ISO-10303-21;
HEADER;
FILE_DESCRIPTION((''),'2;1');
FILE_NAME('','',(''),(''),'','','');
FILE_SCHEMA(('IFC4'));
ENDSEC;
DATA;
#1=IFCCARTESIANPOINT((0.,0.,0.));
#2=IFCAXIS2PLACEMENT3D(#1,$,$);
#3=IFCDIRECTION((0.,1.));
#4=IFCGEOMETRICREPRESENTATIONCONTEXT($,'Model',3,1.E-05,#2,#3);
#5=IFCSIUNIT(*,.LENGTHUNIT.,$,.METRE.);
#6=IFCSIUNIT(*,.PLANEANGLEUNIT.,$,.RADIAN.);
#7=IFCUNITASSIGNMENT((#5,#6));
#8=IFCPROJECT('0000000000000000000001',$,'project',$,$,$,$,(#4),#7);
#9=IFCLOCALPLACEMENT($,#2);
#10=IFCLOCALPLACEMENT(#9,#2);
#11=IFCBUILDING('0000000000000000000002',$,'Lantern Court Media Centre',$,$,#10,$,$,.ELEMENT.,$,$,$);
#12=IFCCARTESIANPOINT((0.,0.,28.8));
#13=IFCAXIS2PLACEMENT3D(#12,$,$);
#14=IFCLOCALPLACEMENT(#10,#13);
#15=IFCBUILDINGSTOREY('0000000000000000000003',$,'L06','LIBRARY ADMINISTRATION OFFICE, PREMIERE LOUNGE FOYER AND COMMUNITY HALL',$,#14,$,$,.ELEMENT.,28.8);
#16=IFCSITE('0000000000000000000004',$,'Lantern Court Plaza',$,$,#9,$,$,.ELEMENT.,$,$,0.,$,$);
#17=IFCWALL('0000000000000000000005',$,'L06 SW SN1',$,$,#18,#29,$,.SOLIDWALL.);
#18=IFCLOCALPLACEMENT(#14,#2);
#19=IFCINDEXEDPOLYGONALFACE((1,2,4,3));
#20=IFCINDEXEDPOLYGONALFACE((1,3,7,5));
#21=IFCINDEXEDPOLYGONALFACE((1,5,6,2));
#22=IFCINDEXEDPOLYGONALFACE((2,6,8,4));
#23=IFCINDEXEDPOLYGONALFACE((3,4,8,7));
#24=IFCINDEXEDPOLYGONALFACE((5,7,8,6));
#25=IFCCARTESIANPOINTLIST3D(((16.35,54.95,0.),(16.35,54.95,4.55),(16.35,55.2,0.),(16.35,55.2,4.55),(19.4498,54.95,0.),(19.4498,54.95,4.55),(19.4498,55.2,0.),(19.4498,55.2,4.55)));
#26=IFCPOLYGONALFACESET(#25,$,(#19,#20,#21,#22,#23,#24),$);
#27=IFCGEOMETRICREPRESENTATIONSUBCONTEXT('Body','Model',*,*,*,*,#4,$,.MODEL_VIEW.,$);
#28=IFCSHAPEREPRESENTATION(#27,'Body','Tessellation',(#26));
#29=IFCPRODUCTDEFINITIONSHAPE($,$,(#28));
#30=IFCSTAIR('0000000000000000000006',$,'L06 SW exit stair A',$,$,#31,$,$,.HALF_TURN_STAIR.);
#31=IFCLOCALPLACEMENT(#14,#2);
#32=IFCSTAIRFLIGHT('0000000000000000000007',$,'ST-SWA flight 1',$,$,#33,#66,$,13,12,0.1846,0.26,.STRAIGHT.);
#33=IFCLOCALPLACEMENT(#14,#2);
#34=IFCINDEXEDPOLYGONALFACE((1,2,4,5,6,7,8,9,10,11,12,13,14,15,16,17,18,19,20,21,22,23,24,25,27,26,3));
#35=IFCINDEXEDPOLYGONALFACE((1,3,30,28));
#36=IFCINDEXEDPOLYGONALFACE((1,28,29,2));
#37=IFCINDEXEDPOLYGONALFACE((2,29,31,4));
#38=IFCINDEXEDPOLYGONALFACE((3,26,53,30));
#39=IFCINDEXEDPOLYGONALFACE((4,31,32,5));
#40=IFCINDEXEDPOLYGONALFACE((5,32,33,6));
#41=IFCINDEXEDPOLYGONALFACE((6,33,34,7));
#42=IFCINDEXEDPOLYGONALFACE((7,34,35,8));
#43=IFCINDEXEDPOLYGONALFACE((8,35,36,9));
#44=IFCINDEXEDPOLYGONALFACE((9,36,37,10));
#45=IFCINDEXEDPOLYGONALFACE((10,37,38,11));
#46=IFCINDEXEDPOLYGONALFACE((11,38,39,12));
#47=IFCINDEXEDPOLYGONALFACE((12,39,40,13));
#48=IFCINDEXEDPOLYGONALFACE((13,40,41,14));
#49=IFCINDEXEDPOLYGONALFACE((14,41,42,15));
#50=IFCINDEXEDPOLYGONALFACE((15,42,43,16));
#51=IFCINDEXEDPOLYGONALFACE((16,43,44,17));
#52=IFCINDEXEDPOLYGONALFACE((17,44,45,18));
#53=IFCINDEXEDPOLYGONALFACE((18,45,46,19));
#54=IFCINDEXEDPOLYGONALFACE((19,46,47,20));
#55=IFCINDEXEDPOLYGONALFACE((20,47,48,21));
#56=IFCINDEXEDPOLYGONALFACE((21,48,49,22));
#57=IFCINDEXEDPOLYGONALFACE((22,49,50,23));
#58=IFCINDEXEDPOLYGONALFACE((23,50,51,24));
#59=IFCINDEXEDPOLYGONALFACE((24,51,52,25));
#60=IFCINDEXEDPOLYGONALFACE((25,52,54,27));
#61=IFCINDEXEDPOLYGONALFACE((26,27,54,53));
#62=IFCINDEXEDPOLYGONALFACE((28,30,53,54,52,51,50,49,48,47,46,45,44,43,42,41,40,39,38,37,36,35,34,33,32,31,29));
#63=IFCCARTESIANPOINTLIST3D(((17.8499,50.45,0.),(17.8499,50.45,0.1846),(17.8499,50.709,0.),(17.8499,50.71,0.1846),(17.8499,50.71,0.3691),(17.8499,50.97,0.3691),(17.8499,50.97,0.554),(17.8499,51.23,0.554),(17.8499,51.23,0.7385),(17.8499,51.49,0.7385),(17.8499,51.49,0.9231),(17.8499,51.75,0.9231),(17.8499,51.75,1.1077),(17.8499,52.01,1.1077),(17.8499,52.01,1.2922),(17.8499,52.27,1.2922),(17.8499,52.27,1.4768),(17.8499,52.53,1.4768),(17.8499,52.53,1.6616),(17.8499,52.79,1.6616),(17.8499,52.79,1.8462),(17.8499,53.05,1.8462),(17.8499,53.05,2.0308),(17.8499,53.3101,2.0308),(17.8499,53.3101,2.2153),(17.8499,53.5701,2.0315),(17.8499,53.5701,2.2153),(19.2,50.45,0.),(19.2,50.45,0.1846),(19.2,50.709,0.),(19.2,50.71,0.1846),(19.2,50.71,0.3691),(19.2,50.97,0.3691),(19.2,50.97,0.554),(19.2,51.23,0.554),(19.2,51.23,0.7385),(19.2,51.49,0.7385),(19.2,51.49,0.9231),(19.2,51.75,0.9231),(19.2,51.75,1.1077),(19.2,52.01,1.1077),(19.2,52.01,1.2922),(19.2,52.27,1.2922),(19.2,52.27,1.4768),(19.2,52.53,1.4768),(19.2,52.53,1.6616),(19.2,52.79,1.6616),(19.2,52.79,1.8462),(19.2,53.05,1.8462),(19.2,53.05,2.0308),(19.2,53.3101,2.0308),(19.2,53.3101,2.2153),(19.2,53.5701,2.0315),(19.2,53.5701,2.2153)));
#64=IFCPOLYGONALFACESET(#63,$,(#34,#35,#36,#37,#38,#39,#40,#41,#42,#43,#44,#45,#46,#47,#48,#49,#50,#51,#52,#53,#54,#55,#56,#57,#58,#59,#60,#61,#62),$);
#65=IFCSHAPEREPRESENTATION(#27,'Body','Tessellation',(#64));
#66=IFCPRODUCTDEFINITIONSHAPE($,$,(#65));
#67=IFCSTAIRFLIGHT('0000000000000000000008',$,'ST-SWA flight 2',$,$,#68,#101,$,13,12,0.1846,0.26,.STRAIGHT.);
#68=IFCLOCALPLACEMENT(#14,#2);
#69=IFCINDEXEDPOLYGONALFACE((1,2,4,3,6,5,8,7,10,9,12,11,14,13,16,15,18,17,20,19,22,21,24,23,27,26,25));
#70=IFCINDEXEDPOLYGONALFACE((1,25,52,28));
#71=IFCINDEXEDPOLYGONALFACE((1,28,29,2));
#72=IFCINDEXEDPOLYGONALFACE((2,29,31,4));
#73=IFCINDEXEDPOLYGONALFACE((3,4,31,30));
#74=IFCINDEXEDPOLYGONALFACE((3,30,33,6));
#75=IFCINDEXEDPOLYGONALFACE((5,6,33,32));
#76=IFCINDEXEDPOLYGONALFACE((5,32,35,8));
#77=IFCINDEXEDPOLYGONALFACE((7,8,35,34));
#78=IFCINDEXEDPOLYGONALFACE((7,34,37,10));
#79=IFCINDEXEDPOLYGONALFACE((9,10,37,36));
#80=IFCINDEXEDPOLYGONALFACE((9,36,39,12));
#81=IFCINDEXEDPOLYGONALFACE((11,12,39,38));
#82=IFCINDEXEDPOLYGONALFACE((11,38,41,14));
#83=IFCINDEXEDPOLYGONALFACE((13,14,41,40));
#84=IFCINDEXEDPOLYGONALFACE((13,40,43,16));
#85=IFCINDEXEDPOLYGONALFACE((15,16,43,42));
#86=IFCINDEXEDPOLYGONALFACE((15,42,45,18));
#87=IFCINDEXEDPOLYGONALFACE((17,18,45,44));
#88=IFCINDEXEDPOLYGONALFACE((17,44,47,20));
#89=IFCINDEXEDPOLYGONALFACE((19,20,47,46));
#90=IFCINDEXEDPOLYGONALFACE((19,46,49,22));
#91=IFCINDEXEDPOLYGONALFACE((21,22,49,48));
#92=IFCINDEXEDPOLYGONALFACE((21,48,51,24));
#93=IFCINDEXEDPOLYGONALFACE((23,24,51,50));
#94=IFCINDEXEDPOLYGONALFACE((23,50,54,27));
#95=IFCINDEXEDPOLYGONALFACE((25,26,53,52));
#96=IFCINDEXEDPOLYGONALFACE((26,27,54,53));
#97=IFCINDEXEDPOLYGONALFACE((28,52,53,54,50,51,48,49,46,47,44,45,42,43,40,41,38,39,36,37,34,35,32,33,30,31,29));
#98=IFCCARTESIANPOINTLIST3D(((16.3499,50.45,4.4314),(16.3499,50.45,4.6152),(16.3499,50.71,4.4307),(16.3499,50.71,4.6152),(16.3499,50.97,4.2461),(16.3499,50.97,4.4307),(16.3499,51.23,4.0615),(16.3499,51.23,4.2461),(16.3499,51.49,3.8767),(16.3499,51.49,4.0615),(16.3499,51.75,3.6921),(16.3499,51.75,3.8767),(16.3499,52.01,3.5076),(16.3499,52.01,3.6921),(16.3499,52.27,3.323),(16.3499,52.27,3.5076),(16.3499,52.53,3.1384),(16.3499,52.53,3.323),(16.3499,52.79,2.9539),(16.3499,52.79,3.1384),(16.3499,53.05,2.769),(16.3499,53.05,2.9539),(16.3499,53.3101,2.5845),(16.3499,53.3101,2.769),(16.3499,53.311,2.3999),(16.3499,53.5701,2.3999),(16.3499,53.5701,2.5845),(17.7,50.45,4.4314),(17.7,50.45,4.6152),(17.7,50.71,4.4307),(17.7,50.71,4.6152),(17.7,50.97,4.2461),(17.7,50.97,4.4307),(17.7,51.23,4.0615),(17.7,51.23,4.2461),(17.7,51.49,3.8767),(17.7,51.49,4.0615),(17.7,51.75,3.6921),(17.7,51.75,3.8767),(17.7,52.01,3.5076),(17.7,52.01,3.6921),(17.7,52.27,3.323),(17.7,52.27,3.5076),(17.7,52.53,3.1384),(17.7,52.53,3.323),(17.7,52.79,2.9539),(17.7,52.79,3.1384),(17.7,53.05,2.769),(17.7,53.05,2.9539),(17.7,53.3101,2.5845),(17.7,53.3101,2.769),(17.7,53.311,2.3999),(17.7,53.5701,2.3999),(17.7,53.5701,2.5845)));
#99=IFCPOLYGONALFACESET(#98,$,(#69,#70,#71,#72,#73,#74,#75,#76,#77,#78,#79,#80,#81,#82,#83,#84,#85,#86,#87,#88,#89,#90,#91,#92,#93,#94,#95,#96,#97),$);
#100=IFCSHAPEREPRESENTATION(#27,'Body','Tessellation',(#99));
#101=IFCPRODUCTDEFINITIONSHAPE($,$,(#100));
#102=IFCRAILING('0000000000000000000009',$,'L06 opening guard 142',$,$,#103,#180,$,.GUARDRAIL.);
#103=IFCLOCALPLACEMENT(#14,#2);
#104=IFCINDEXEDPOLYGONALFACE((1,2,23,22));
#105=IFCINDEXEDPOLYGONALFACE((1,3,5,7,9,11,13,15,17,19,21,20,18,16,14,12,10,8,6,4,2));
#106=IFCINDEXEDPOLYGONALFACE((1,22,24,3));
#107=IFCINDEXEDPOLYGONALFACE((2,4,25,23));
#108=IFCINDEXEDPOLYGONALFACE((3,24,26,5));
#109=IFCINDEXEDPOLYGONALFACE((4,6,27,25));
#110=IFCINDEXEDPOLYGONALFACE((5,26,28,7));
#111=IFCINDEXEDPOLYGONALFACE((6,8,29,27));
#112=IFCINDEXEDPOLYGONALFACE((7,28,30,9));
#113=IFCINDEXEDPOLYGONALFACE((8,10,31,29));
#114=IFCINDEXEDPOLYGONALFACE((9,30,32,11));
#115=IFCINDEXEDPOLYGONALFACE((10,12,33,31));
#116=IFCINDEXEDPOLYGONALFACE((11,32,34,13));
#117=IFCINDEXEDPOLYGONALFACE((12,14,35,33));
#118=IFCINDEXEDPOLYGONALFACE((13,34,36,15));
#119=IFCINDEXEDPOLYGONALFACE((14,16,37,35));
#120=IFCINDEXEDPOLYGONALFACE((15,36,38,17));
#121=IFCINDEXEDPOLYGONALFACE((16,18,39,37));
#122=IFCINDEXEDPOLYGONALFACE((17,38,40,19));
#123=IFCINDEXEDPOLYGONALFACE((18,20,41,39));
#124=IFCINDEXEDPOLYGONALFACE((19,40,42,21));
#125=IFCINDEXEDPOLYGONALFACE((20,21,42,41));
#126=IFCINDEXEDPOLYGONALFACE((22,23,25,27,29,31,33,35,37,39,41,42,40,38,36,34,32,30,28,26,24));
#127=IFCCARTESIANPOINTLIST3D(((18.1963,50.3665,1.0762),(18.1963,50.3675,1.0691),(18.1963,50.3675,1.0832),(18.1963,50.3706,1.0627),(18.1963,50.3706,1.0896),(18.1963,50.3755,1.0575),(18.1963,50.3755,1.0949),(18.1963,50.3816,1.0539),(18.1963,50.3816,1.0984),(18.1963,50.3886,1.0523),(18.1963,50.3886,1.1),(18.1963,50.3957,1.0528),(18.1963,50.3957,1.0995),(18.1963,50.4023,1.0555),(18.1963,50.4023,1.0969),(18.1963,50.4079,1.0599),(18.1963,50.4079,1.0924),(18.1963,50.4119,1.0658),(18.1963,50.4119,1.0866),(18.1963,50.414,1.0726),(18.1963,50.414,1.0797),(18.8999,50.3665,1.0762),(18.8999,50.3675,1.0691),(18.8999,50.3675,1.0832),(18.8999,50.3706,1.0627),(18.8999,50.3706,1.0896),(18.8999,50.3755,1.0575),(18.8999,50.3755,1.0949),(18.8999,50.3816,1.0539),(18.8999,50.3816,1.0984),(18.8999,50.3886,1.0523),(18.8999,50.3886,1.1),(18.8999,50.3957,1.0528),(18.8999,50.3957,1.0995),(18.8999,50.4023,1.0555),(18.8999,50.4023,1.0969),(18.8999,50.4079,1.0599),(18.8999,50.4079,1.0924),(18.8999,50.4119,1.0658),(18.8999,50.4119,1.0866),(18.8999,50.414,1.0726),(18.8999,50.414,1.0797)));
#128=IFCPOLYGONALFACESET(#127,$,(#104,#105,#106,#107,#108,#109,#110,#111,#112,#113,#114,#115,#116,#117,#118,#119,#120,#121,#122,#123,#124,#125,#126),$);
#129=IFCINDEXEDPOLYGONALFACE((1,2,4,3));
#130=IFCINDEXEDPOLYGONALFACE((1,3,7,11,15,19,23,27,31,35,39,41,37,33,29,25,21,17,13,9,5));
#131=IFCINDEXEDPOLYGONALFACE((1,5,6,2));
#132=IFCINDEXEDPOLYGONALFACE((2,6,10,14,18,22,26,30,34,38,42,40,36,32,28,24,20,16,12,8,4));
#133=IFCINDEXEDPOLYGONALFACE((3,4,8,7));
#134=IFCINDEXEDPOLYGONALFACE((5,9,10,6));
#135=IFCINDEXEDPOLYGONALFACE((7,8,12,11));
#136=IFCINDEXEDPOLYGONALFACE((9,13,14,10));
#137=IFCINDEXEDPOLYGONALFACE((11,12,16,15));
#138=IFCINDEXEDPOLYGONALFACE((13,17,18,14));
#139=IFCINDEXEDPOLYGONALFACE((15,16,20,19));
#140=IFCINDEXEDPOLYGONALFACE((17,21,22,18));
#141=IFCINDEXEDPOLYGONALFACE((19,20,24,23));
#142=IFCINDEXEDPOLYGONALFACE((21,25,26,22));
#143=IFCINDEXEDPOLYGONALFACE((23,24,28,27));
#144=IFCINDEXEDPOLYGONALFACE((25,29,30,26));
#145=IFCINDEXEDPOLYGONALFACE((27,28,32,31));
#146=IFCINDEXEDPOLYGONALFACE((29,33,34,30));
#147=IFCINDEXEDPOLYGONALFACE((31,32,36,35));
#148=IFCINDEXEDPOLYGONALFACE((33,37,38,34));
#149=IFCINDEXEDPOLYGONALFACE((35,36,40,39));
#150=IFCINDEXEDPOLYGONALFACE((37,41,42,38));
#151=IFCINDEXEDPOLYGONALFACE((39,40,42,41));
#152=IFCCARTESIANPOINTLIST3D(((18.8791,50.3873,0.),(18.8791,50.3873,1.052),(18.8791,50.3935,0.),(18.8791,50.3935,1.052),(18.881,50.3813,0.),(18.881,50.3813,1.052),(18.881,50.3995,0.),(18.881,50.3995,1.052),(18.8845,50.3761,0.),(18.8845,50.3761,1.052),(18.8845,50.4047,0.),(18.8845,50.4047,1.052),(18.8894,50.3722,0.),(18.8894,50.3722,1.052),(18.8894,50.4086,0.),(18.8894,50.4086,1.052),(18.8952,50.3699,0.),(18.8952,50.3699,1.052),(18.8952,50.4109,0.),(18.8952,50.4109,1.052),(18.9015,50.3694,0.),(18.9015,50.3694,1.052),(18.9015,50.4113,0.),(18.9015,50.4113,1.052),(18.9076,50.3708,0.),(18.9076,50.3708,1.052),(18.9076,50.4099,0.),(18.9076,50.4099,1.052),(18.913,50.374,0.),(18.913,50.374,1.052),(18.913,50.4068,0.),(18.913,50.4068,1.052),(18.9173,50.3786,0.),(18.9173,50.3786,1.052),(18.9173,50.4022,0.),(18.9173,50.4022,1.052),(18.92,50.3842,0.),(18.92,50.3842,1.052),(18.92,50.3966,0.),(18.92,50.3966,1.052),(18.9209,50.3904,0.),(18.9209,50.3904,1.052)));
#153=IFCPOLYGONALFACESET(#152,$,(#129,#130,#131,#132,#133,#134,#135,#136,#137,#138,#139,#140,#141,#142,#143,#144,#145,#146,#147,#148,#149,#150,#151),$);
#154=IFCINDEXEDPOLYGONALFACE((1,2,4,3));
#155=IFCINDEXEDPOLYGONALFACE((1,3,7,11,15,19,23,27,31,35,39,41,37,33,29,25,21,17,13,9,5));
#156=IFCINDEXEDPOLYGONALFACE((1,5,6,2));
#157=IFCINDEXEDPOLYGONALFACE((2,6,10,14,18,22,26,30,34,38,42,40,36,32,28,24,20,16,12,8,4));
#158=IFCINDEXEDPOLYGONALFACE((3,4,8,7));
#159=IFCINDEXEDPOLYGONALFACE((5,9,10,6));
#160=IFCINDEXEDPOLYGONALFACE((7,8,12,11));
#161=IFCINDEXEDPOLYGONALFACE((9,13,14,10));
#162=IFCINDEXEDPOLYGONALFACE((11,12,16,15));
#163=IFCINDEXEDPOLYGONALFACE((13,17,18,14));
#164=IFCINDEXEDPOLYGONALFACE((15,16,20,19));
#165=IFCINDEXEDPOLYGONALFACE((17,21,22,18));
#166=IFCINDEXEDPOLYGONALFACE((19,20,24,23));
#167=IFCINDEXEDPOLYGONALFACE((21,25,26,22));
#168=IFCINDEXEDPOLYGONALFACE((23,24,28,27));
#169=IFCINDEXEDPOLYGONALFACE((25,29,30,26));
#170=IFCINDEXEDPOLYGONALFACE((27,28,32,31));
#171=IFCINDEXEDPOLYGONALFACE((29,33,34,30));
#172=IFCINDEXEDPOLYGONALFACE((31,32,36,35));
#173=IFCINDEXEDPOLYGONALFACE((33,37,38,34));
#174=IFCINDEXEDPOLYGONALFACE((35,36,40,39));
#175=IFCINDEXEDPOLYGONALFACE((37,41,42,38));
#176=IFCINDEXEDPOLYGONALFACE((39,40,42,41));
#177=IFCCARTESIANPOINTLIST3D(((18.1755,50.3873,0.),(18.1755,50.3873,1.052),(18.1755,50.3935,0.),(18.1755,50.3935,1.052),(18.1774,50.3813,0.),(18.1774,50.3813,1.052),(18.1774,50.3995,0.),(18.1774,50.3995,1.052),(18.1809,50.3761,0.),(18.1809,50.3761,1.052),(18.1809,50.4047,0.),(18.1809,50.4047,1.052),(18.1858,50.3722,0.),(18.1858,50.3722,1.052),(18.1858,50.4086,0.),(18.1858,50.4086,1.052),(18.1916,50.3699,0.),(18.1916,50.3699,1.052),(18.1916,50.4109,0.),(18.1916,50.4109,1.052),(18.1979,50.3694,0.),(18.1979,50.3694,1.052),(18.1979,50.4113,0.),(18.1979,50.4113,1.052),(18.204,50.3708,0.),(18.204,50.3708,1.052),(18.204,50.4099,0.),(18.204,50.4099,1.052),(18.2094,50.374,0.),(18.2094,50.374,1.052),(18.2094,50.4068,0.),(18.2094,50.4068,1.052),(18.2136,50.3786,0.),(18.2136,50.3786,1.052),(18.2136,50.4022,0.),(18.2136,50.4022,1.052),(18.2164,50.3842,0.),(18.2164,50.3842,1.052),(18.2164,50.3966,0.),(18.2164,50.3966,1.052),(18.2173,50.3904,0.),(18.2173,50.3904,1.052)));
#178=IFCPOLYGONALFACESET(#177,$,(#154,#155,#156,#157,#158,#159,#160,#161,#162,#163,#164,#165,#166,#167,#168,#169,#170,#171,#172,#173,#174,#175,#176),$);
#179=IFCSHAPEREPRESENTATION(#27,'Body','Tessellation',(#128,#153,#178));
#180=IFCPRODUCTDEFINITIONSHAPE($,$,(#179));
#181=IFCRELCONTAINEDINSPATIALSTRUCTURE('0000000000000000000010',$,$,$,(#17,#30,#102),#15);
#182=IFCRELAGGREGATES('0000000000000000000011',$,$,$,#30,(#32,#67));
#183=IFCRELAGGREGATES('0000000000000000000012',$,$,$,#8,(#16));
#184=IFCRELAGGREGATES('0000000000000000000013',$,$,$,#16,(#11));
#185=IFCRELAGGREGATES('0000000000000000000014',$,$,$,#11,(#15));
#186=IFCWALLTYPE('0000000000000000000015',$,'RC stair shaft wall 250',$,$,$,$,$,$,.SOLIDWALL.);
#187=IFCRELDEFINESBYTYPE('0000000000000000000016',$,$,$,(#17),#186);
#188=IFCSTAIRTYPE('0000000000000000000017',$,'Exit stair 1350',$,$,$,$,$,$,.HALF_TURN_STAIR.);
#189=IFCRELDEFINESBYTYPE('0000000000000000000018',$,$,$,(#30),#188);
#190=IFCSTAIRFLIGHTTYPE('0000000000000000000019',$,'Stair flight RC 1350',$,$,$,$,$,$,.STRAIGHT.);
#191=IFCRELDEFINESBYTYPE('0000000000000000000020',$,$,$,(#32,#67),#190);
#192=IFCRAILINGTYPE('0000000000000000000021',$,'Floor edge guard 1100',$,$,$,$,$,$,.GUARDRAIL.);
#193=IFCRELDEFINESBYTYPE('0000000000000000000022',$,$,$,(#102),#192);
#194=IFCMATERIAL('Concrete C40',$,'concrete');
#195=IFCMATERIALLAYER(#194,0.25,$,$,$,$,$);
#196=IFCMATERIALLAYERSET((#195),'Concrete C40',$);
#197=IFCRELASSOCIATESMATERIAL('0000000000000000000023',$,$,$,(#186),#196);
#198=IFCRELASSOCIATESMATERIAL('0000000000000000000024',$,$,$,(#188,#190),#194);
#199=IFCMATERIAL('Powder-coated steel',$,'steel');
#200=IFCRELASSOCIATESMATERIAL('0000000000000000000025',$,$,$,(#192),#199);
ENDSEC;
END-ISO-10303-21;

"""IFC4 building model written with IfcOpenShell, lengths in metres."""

from ifc_helpers import new_model, si_unit, direction, frame, frame_2d, origin, origin_2d, place, context, subcontext, project, spatial, polyline, rectangle, circle, outline, extrude, material, layer, layer_set, type_object, element, aggregate, save


model = new_model("IFC4")

# Units and contexts
model_context = context("Model", 3, precision=1e-05, world=origin(), true_north=direction((0.0, 1.0)))
body_context = subcontext(model_context, "Body", "Model", "MODEL_VIEW")
ifc_project = project(units=[si_unit("LENGTHUNIT", "METRE"), si_unit("PLANEANGLEUNIT", "RADIAN")], contexts=[model_context])

# Site, building, storey
site_placement = place(None, origin())
site = spatial("IfcSite", under=ifc_project, at=site_placement, Name="Lantern Court Plaza", CompositionType="ELEMENT", RefElevation=0.0)
building_placement = place(site_placement, origin())
building = spatial("IfcBuilding", under=site, at=building_placement, Name="Lantern Court Media Centre", CompositionType="ELEMENT")
storey_placement = place(building_placement, frame((0.0, 0.0, 28.8)))
storey = spatial("IfcBuildingStorey", under=building, at=storey_placement, Name="L06", Description="LIBRARY ADMINISTRATION OFFICE, PREMIERE LOUNGE FOYER AND COMMUNITY HALL", CompositionType="ELEMENT", Elevation=28.8)

# Shared definitions
ifc_material_1 = material(Name="Concrete C40", Category="concrete")

# Wall
ifc_layer_1 = layer(ifc_material_1, 0.25)
ifc_layer_set_1 = layer_set([ifc_layer_1], Name="Concrete C40")
wall_type_1 = type_object("IfcWallType", Name="RC stair shaft wall 250", PredefinedType="SOLIDWALL", material=ifc_layer_set_1)
wall_1_placement = place(storey_placement, frame((16.3501, 55.075, 0.0), z_axis=(0.0, 0.0, 1.0), x_axis=(1.0, 0.0, 0.0)))
element("IfcWall", 1, at=wall_1_placement, inside=storey, type_object=wall_type_1, Name="L06 SW SN1", PredefinedType="SOLIDWALL", context=body_context, shape_type="SweptSolid", body=[
    extrude(rectangle(XDim=3.0999, YDim=0.25, at=frame_2d((1.5498, 0.0))), origin(), (0.0, 0.0, 1.0), 4.55),
])

# Stair, stair flights
stair_type = type_object("IfcStairType", Name="Exit stair 1350", PredefinedType="HALF_TURN_STAIR", material=ifc_material_1)
stair_placement = place(storey_placement, origin())
stair = element("IfcStair", 2, at=stair_placement, inside=storey, type_object=stair_type, Name="L06 SW exit stair A", PredefinedType="HALF_TURN_STAIR")
stair_flight_type = type_object("IfcStairFlightType", Name="Stair flight RC 1350", PredefinedType="STRAIGHT", material=ifc_material_1)
stair_flight_1_placement = place(storey_placement, frame((18.5249, 50.45, 0.0), z_axis=(0.0, 0.0, 1.0), x_axis=(0.0, 1.0, 0.0)))
stair_flight_1 = element("IfcStairFlight", 3, at=stair_flight_1_placement, type_object=stair_flight_type, Name="ST-SWA flight 1", NumberOfRisers=13, NumberOfTreads=12, PredefinedType="STRAIGHT", RiserHeight=0.1846, TreadLength=0.26, context=body_context, shape_type="SweptSolid", body=[
    extrude(outline(polyline([(0.0, 0.0), (0.0, 0.1846), (0.26, 0.1846), (0.26, 0.3691), (0.52, 0.3691), (0.52, 0.554), (0.78, 0.554), (0.78, 0.7385), (1.04, 0.7385), (1.04, 0.9231), (1.3, 0.9231), (1.3, 1.1077), (1.5601, 1.1077), (1.5601, 1.2922), (1.8201, 1.2922), (1.8201, 1.4768), (2.0801, 1.4768), (2.0801, 1.6616), (2.3401, 1.6616), (2.3401, 1.8462), (2.6001, 1.8462), (2.6001, 2.0308), (2.8601, 2.0308), (2.8601, 2.2153), (3.1201, 2.2153), (3.1201, 2.3999), (3.1201, 2.0315), (0.259, 0.0), (0.0, 0.0)])), frame((0.0, 0.675, 0.0), z_axis=(0.0, -1.0, 0.0), x_axis=(1.0, 0.0, 0.0)), (0.0, 0.0, 1.0), 1.3501),
])
stair_flight_2_placement = place(storey_placement, frame((17.0249, 53.5701, 2.3999), z_axis=(0.0, 0.0, 1.0), x_axis=(0.0, -1.0, 0.0)))
stair_flight_2 = element("IfcStairFlight", 4, at=stair_flight_2_placement, type_object=stair_flight_type, Name="ST-SWA flight 2", NumberOfRisers=13, NumberOfTreads=12, PredefinedType="STRAIGHT", RiserHeight=0.1846, TreadLength=0.26, context=body_context, shape_type="SweptSolid", body=[
    extrude(outline(polyline([(0.0, 0.0), (0.0, 0.1846), (0.26, 0.1846), (0.26, 0.3691), (0.52, 0.3691), (0.52, 0.554), (0.78, 0.554), (0.78, 0.7385), (1.04, 0.7385), (1.04, 0.9231), (1.3, 0.9231), (1.3, 1.1077), (1.5601, 1.1077), (1.5601, 1.2922), (1.8201, 1.2922), (1.8201, 1.4768), (2.0801, 1.4768), (2.0801, 1.6616), (2.3401, 1.6616), (2.3401, 1.8462), (2.6001, 1.8462), (2.6001, 2.0308), (2.8601, 2.0308), (2.8601, 2.2153), (3.1201, 2.2153), (3.1201, 2.3999), (3.1201, 2.0315), (0.259, 0.0), (0.0, 0.0)])), frame((0.0, 0.675, 0.0), z_axis=(0.0, -1.0, 0.0), x_axis=(1.0, 0.0, 0.0)), (0.0, 0.0, 1.0), 1.3501),
])
aggregate(stair, [stair_flight_1, stair_flight_2])

# Railing
ifc_material_2 = material(Name="Powder-coated steel", Category="steel")
railing_type_1 = type_object("IfcRailingType", Name="Floor edge guard 1100", PredefinedType="GUARDRAIL", material=ifc_material_2)
railing_1_placement = place(storey_placement, frame((18.8999, 50.3904, 0.0)))
element("IfcRailing", 5, at=railing_1_placement, inside=storey, type_object=railing_type_1, Name="L06 opening guard 142", PredefinedType="GUARDRAIL", context=body_context, shape_type="SweptSolid", body=[
    extrude(circle(Radius=0.0239, at=origin_2d()), frame((0.0, 0.0, 1.0762), z_axis=(-1.0, 0.0, 0.0), x_axis=(0.0, -1.0, 0.0)), (0.0, 0.0, 1.0), 0.7036),
    extrude(circle(Radius=0.021, at=origin_2d()), origin(), (0.0, 0.0, 1.0), 1.052),
    extrude(circle(Radius=0.021, at=origin_2d()), frame((-0.7036, 0.0, 0.0)), (0.0, 0.0, 1.0), 1.052),
])

save(model, "model.ifc")
